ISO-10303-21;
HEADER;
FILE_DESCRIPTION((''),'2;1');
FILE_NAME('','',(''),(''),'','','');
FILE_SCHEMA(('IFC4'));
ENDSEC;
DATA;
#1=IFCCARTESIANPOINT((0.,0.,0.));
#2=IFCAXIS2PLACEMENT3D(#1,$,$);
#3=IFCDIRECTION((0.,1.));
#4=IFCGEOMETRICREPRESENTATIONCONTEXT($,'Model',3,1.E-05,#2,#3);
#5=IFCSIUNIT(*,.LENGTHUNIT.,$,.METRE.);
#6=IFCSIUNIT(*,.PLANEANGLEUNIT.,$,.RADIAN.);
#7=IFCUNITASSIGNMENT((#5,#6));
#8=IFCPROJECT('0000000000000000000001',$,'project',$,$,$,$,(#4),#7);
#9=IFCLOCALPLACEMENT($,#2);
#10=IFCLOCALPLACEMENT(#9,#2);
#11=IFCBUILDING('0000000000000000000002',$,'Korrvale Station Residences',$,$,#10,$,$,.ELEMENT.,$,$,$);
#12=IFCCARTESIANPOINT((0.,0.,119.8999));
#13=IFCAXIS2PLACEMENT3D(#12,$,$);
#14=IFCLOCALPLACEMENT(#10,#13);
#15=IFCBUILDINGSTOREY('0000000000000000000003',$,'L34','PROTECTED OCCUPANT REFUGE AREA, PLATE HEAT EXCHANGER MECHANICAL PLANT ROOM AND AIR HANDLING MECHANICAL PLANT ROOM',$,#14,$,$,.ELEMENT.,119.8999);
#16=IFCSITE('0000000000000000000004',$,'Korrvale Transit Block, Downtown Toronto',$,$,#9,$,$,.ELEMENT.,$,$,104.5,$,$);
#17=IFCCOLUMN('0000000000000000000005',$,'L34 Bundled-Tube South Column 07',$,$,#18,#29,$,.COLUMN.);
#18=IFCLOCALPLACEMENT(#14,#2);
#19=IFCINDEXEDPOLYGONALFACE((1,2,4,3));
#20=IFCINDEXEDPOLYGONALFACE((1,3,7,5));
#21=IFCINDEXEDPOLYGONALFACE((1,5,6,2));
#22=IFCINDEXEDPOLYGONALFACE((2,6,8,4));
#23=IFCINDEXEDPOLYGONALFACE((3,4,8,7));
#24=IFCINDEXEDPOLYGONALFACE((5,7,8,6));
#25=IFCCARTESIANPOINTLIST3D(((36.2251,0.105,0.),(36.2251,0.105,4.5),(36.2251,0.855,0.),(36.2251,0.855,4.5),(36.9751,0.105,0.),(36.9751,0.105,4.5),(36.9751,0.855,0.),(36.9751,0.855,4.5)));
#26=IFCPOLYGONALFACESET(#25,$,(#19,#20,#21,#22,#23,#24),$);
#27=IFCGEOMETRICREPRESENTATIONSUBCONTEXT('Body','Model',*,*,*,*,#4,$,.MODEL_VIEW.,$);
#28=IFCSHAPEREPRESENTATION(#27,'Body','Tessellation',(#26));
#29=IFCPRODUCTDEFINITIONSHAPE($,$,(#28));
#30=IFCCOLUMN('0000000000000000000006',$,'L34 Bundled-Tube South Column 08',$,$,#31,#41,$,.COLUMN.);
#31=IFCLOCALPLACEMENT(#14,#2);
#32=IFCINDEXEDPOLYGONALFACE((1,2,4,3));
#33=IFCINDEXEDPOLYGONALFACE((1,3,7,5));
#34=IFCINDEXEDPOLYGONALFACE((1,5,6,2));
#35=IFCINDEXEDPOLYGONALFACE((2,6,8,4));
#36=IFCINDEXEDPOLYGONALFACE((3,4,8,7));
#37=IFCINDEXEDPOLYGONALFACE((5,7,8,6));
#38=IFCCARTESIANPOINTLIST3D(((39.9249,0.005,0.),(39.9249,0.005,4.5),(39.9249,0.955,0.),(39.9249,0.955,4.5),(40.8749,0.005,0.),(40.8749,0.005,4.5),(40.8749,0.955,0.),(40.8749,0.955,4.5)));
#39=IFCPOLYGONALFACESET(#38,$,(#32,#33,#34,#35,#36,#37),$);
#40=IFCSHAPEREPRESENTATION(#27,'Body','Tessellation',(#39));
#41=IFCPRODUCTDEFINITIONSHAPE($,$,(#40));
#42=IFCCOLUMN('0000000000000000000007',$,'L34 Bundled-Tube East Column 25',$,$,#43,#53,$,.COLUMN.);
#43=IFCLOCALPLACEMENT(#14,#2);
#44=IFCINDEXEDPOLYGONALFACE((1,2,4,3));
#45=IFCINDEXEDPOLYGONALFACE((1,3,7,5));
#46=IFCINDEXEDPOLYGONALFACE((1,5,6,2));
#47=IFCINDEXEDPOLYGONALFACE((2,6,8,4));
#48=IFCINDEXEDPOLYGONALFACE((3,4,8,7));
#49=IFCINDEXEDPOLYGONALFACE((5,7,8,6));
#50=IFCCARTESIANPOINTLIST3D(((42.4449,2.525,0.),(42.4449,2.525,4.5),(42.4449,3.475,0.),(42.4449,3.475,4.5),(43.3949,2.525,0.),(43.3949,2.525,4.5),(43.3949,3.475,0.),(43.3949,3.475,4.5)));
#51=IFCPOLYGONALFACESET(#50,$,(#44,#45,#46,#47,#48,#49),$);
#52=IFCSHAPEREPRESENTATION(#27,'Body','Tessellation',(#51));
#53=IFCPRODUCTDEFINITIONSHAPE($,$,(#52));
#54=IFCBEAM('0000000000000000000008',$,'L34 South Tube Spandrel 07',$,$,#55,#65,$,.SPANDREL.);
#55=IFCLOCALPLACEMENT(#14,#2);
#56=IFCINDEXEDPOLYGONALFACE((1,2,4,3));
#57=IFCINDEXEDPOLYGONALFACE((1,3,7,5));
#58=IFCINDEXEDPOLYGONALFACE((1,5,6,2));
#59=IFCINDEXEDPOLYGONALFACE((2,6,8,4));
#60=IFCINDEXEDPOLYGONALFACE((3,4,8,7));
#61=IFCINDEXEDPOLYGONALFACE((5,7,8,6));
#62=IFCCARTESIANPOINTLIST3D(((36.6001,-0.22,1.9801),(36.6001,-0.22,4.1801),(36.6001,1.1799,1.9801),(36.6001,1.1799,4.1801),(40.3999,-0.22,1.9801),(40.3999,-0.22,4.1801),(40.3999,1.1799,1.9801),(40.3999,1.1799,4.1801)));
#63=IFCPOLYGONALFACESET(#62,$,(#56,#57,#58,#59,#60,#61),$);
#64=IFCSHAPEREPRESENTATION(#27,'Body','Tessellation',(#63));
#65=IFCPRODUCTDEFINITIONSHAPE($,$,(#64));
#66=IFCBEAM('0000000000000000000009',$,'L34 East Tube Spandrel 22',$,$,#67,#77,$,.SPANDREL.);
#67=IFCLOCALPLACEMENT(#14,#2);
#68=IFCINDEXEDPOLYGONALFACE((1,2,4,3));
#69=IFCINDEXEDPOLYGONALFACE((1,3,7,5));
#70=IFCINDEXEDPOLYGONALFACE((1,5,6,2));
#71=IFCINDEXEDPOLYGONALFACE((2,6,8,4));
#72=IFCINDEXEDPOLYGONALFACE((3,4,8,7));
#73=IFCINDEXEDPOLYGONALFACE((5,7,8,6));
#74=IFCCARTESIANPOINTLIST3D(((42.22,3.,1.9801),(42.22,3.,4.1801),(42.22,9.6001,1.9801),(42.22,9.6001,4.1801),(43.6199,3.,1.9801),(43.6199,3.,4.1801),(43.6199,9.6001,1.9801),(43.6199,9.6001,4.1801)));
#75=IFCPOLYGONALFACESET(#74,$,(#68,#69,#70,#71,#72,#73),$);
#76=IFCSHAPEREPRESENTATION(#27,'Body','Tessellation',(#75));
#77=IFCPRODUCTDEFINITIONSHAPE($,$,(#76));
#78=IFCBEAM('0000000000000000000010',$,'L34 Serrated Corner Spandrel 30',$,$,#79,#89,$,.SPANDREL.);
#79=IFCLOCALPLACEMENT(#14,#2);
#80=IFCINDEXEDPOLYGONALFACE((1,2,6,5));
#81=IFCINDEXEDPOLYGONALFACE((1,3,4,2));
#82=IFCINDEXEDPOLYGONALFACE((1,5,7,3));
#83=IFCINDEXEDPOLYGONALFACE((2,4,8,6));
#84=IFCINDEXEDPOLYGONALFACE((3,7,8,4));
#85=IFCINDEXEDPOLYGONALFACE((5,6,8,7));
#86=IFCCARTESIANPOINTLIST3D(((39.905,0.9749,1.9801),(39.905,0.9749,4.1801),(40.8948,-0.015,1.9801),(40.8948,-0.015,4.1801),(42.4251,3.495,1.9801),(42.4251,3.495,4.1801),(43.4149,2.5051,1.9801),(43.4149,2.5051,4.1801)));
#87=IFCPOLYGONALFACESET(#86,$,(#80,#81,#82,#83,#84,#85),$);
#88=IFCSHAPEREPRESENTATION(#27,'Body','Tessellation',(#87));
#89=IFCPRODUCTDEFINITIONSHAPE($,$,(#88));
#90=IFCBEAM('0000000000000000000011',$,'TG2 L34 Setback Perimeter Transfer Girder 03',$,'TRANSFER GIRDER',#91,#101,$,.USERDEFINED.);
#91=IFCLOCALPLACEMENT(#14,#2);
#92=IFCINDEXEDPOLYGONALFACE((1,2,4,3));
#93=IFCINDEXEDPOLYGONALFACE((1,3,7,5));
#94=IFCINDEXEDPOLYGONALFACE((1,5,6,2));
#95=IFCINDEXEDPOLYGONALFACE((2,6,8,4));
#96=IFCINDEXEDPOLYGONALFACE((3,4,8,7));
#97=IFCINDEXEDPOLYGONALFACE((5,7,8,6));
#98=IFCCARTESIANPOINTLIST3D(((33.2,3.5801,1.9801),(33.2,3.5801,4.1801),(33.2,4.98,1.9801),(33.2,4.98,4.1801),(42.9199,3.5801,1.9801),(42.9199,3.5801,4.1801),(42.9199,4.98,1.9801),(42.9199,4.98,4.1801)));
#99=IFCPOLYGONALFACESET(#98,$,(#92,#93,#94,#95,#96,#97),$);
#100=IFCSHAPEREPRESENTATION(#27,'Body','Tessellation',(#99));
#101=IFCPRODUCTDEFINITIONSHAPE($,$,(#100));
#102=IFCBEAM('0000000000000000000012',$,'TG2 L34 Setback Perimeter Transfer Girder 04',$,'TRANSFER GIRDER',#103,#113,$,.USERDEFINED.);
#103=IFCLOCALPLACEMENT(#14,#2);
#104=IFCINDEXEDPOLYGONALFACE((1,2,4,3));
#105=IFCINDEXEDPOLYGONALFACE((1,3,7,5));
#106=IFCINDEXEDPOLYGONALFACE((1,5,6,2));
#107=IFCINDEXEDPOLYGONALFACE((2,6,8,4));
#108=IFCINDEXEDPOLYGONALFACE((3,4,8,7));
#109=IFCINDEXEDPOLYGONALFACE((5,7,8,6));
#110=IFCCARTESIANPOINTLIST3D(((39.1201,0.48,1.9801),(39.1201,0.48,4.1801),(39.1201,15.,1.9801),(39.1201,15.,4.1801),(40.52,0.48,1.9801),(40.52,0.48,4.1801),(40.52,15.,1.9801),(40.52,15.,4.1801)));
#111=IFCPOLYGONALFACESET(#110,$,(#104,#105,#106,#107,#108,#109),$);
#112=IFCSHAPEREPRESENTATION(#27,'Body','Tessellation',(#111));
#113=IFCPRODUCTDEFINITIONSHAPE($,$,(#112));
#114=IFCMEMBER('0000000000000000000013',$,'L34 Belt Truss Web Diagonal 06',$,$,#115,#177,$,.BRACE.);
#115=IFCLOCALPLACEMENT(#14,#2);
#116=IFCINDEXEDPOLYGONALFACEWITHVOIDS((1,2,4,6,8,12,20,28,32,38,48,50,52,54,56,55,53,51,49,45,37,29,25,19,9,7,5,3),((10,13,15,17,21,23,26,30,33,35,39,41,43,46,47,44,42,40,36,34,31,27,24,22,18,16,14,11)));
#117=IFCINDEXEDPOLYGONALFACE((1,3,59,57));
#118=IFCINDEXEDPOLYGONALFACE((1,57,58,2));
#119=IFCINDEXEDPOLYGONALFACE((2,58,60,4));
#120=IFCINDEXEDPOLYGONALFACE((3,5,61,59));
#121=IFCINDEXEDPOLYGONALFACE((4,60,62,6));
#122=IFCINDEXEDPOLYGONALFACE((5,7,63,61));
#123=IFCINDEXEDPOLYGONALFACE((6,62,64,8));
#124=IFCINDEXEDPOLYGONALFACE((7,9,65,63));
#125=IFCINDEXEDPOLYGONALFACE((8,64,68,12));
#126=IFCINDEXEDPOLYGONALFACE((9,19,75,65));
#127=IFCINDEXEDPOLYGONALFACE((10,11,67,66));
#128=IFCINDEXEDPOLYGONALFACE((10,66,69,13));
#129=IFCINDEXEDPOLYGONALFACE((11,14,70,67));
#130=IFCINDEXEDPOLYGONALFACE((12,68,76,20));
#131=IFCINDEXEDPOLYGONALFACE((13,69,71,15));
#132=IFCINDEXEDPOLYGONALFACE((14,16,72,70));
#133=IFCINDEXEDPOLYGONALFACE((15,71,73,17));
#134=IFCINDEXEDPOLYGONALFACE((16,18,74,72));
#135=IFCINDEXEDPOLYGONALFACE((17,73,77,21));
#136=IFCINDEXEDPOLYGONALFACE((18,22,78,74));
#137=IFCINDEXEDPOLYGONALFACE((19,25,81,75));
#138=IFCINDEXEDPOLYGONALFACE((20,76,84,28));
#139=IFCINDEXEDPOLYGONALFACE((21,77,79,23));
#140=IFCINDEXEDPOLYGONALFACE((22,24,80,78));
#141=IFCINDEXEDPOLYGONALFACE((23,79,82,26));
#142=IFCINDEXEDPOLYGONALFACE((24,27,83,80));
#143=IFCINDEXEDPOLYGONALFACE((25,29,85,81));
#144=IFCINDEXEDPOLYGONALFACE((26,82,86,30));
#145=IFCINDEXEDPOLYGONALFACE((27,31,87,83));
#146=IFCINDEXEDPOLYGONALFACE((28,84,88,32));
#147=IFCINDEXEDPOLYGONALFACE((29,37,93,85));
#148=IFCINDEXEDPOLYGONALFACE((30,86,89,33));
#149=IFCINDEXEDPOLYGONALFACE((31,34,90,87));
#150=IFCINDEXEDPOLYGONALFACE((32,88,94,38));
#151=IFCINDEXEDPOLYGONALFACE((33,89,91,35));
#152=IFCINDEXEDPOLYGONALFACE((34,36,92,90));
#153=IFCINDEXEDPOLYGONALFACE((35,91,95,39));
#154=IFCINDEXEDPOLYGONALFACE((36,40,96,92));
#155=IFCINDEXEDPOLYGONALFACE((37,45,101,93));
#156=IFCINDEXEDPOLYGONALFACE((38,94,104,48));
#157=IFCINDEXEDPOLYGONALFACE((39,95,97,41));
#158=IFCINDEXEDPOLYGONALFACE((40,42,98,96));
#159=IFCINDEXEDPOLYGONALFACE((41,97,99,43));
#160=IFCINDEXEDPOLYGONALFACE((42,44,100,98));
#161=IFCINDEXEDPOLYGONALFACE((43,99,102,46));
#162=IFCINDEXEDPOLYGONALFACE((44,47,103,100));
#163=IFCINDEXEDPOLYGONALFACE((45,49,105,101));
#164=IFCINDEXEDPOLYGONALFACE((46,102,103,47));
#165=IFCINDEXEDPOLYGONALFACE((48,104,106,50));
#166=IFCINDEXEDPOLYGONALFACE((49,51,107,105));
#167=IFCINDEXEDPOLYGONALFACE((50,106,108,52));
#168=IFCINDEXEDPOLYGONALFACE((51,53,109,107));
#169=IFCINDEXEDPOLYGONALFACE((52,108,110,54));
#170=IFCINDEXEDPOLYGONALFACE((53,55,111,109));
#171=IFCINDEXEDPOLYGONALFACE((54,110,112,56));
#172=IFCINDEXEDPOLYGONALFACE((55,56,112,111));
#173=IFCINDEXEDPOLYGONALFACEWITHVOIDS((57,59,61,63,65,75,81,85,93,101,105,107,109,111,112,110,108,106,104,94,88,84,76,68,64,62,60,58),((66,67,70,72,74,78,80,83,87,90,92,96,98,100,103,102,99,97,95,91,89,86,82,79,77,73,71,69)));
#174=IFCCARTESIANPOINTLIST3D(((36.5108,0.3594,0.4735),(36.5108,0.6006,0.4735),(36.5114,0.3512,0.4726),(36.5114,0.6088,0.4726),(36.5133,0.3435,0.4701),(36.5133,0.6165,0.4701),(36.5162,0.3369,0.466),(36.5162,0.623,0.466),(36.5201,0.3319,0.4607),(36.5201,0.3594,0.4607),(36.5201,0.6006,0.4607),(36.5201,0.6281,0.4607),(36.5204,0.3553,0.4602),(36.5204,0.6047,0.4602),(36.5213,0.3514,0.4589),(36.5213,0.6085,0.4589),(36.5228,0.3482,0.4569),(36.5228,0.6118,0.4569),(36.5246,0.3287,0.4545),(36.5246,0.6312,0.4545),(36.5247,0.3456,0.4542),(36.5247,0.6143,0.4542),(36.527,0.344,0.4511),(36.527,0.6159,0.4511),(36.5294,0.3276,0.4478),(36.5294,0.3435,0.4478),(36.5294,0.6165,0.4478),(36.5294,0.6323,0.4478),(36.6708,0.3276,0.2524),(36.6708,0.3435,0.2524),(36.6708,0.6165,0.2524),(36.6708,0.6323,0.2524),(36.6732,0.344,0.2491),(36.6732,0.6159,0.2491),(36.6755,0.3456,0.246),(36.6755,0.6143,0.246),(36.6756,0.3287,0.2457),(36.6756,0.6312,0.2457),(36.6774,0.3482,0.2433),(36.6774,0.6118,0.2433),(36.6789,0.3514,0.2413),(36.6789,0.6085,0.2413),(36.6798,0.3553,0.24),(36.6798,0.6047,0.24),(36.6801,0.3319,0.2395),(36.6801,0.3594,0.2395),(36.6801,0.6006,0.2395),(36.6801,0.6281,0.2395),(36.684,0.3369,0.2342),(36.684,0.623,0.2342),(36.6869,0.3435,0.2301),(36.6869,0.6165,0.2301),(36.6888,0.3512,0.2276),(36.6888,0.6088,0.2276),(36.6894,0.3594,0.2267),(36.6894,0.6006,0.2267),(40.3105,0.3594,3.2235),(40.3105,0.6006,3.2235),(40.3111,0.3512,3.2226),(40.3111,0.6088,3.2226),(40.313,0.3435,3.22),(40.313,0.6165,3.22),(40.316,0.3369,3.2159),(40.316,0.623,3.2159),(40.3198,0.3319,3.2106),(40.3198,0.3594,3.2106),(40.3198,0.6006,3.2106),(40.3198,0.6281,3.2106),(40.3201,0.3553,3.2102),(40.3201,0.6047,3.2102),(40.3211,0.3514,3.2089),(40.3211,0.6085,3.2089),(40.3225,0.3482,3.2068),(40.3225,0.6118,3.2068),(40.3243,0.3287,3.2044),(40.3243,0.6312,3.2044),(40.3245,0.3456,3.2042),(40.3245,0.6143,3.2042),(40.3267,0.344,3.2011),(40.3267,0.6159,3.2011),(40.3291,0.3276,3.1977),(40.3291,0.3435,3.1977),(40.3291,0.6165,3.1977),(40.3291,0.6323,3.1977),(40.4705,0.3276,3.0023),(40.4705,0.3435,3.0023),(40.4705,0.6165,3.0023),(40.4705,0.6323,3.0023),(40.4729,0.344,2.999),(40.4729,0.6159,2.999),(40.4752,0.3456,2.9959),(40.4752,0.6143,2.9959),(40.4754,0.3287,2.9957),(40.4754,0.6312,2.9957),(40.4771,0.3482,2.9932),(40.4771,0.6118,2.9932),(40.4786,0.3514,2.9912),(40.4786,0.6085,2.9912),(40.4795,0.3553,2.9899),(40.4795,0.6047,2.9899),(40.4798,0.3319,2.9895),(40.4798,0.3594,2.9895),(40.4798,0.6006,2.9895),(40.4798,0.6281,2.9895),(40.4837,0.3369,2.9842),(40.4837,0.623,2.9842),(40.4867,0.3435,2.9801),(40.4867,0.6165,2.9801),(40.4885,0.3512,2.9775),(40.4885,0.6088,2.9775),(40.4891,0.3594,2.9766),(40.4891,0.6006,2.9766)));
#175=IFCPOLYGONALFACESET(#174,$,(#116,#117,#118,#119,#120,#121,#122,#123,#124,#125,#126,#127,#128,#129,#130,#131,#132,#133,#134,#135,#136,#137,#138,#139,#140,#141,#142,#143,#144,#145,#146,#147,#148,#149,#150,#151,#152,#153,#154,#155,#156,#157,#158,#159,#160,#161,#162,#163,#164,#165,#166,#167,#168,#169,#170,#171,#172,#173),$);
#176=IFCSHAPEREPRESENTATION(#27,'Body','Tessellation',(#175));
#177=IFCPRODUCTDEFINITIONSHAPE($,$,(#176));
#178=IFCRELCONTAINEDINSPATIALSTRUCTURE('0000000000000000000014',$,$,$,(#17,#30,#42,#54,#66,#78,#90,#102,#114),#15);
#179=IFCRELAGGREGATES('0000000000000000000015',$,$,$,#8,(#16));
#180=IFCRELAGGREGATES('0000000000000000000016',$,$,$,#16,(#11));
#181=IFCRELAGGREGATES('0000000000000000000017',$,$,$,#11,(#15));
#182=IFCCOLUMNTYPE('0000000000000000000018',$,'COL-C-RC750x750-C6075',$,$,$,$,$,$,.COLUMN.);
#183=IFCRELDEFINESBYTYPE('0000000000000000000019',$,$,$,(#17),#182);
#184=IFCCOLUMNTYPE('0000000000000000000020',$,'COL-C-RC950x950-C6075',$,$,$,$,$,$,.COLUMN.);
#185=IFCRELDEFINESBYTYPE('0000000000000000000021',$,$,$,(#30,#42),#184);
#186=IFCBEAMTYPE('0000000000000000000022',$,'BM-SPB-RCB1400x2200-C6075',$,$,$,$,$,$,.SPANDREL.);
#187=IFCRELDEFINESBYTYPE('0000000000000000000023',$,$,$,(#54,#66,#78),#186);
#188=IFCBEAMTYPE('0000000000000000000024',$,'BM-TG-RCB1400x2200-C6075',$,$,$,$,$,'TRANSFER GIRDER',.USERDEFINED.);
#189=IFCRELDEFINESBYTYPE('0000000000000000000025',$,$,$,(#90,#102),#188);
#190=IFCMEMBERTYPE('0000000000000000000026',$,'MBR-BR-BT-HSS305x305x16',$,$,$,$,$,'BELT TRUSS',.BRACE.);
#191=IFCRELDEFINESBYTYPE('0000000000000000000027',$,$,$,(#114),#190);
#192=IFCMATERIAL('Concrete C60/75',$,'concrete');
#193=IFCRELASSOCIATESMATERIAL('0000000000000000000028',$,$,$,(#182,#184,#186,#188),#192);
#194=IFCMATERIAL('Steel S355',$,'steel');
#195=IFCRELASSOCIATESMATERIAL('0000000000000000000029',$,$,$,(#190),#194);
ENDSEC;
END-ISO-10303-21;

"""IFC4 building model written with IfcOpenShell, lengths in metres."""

from ifc_helpers import new_model, si_unit, direction, frame, origin, origin_2d, place, context, subcontext, project, spatial, rectangle, hollow_rectangle, extrude, material, material_profile, profile_set, type_object, element, save


model = new_model("IFC4")

# Units and contexts
model_context = context("Model", 3, precision=1e-05, world=origin(), true_north=direction((0.0, 1.0)))
body_context = subcontext(model_context, "Body", "Model", "MODEL_VIEW")
ifc_project = project(units=[si_unit("LENGTHUNIT", "METRE"), si_unit("PLANEANGLEUNIT", "RADIAN")], contexts=[model_context])

# Site, building, storey
site_placement = place(None, origin())
site = spatial("IfcSite", under=ifc_project, at=site_placement, Name="Korrvale Transit Block, Downtown Toronto", CompositionType="ELEMENT", RefElevation=104.5)
building_placement = place(site_placement, origin())
building = spatial("IfcBuilding", under=site, at=building_placement, Name="Korrvale Station Residences", CompositionType="ELEMENT")
storey_placement = place(building_placement, frame((0.0, 0.0, 119.8999)))
storey = spatial("IfcBuildingStorey", under=building, at=storey_placement, Name="L34", Description="PROTECTED OCCUPANT REFUGE AREA, PLATE HEAT EXCHANGER MECHANICAL PLANT ROOM AND AIR HANDLING MECHANICAL PLANT ROOM", CompositionType="ELEMENT", Elevation=119.8999)

# Columns
ifc_material_1 = material(Name="Concrete C60/75", Category="concrete")
ifc_material_profile_1 = material_profile(ifc_material_1, rectangle(XDim=0.75, YDim=0.75, at=origin_2d()), Name="RC750x750")
ifc_profile_set_1 = profile_set([ifc_material_profile_1], Name="Concrete C60/75")
column_type_1 = type_object("IfcColumnType", Name="COL-C-RC750x750-C6075", PredefinedType="COLUMN", material=ifc_profile_set_1)
column_placement = place(storey_placement, frame((36.6001, 0.48, 0.0), z_axis=(0.0, 0.0, 1.0), x_axis=(1.0, 0.0, 0.0)))
element("IfcColumn", 1, at=column_placement, inside=storey, type_object=column_type_1, Name="L34 Bundled-Tube South Column 07", PredefinedType="COLUMN", context=body_context, shape_type="SweptSolid", body=[
    extrude(rectangle(XDim=0.75, YDim=0.75, at=origin_2d()), origin(), (0.0, 0.0, 1.0), 4.5),
])
ifc_material_profile_2 = material_profile(ifc_material_1, rectangle(XDim=0.95, YDim=0.95, at=origin_2d()), Name="RC950x950")
ifc_profile_set_2 = profile_set([ifc_material_profile_2], Name="Concrete C60/75")
column_type_2 = type_object("IfcColumnType", Name="COL-C-RC950x950-C6075", PredefinedType="COLUMN", material=ifc_profile_set_2)
for number, where, z_axis, x_axis, name in (
    (2, (40.3999, 0.48, 0.0), (0.0, 0.0, 1.0), (1.0, 0.0, 0.0), "L34 Bundled-Tube South Column 08"),
    (3, (42.9199, 3.0, 0.0), (0.0, 0.0, 1.0), (1.0, 0.0, 0.0), "L34 Bundled-Tube East Column 25"),
):
    element("IfcColumn", number, at=place(storey_placement, frame(where, z_axis=z_axis, x_axis=x_axis)), inside=storey, type_object=column_type_2, Name=name, PredefinedType="COLUMN", context=body_context, shape_type="SweptSolid", body=[
        extrude(rectangle(XDim=0.95, YDim=0.95, at=origin_2d()), origin(), (0.0, 0.0, 1.0), 4.5),
    ])

# Beams
ifc_material_profile_3 = material_profile(ifc_material_1, rectangle(XDim=1.3999, YDim=2.2, at=origin_2d()), Name="RCB1400x2200")
ifc_profile_set_3 = profile_set([ifc_material_profile_3], Name="Concrete C60/75")
beam_type_1 = type_object("IfcBeamType", Name="BM-SPB-RCB1400x2200-C6075", PredefinedType="SPANDREL", material=ifc_profile_set_3)
beam_1_placement = place(storey_placement, frame((36.6001, 0.48, 3.0801), z_axis=(1.0, 0.0, 0.0), x_axis=(0.0, 1.0, 0.0)))
element("IfcBeam", 4, at=beam_1_placement, inside=storey, type_object=beam_type_1, Name="L34 South Tube Spandrel 07", PredefinedType="SPANDREL", context=body_context, shape_type="SweptSolid", body=[
    extrude(rectangle(XDim=1.3999, YDim=2.2, at=origin_2d()), origin(), (0.0, 0.0, 1.0), 3.7998),
])
beam_2_placement = place(storey_placement, frame((42.9199, 3.0, 3.0801), z_axis=(0.0, 1.0, 0.0), x_axis=(-1.0, 0.0, 0.0)))
element("IfcBeam", 5, at=beam_2_placement, inside=storey, type_object=beam_type_1, Name="L34 East Tube Spandrel 22", PredefinedType="SPANDREL", context=body_context, shape_type="SweptSolid", body=[
    extrude(rectangle(XDim=1.3999, YDim=2.2, at=origin_2d()), origin(), (0.0, 0.0, 1.0), 6.6001),
])
beam_3_placement = place(storey_placement, frame((40.3999, 0.48, 3.0801), z_axis=(0.707107, 0.707107, 0.0), x_axis=(-0.707107, 0.707107, 0.0)))
element("IfcBeam", 6, at=beam_3_placement, inside=storey, type_object=beam_type_1, Name="L34 Serrated Corner Spandrel 30", PredefinedType="SPANDREL", context=body_context, shape_type="SweptSolid", body=[
    extrude(rectangle(XDim=1.3999, YDim=2.2, at=origin_2d()), origin(), (0.0, 0.0, 1.0), 3.564),
])
ifc_material_profile_4 = material_profile(ifc_material_1, rectangle(XDim=1.3999, YDim=2.2, at=origin_2d()), Name="RCB1400x2200")
ifc_profile_set_4 = profile_set([ifc_material_profile_4], Name="Concrete C60/75")
beam_type_2 = type_object("IfcBeamType", Name="BM-TG-RCB1400x2200-C6075", ElementType="TRANSFER GIRDER", PredefinedType="USERDEFINED", material=ifc_profile_set_4)
beam_4_placement = place(storey_placement, frame((33.2, 4.28, 3.0801), z_axis=(1.0, 0.0, 0.0), x_axis=(0.0, 1.0, 0.0)))
element("IfcBeam", 7, at=beam_4_placement, inside=storey, type_object=beam_type_2, Name="TG2 L34 Setback Perimeter Transfer Girder 03", ObjectType="TRANSFER GIRDER", PredefinedType="USERDEFINED", context=body_context, shape_type="SweptSolid", body=[
    extrude(rectangle(XDim=1.3999, YDim=2.2, at=origin_2d()), origin(), (0.0, 0.0, 1.0), 9.72),
])
beam_5_placement = place(storey_placement, frame((39.8201, 0.48, 3.0801), z_axis=(0.0, 1.0, 0.0), x_axis=(-1.0, 0.0, 0.0)))
element("IfcBeam", 8, at=beam_5_placement, inside=storey, type_object=beam_type_2, Name="TG2 L34 Setback Perimeter Transfer Girder 04", ObjectType="TRANSFER GIRDER", PredefinedType="USERDEFINED", context=body_context, shape_type="SweptSolid", body=[
    extrude(rectangle(XDim=1.3999, YDim=2.2, at=origin_2d()), origin(), (0.0, 0.0, 1.0), 14.52),
])

# Member
ifc_material_2 = material(Name="Steel S355", Category="steel")
ifc_material_profile_5 = material_profile(ifc_material_2, hollow_rectangle(XDim=0.3047, YDim=0.3047, WallThickness=0.0159, InnerFilletRadius=0.0159, OuterFilletRadius=0.0317, at=origin_2d()), Name="HSS305x305x16")
ifc_profile_set_5 = profile_set([ifc_material_profile_5], Name="Steel S355")
member_type_1 = type_object("IfcMemberType", Name="MBR-BR-BT-HSS305x305x16", ElementType="BELT TRUSS", PredefinedType="BRACE", material=ifc_profile_set_5)
member_1_placement = place(storey_placement, frame((36.6001, 0.48, 0.3501), z_axis=(0.810102, 0.0, 0.586288), x_axis=(0.0, 1.0, 0.0)))
element("IfcMember", 9, at=member_1_placement, inside=storey, type_object=member_type_1, Name="L34 Belt Truss Web Diagonal 06", PredefinedType="BRACE", context=body_context, shape_type="SweptSolid", body=[
    extrude(hollow_rectangle(XDim=0.3047, YDim=0.3047, WallThickness=0.0159, InnerFilletRadius=0.0159, OuterFilletRadius=0.0317, at=origin_2d()), origin(), (0.0, 0.0, 1.0), 4.6904),
])

save(model, "model.ifc")
